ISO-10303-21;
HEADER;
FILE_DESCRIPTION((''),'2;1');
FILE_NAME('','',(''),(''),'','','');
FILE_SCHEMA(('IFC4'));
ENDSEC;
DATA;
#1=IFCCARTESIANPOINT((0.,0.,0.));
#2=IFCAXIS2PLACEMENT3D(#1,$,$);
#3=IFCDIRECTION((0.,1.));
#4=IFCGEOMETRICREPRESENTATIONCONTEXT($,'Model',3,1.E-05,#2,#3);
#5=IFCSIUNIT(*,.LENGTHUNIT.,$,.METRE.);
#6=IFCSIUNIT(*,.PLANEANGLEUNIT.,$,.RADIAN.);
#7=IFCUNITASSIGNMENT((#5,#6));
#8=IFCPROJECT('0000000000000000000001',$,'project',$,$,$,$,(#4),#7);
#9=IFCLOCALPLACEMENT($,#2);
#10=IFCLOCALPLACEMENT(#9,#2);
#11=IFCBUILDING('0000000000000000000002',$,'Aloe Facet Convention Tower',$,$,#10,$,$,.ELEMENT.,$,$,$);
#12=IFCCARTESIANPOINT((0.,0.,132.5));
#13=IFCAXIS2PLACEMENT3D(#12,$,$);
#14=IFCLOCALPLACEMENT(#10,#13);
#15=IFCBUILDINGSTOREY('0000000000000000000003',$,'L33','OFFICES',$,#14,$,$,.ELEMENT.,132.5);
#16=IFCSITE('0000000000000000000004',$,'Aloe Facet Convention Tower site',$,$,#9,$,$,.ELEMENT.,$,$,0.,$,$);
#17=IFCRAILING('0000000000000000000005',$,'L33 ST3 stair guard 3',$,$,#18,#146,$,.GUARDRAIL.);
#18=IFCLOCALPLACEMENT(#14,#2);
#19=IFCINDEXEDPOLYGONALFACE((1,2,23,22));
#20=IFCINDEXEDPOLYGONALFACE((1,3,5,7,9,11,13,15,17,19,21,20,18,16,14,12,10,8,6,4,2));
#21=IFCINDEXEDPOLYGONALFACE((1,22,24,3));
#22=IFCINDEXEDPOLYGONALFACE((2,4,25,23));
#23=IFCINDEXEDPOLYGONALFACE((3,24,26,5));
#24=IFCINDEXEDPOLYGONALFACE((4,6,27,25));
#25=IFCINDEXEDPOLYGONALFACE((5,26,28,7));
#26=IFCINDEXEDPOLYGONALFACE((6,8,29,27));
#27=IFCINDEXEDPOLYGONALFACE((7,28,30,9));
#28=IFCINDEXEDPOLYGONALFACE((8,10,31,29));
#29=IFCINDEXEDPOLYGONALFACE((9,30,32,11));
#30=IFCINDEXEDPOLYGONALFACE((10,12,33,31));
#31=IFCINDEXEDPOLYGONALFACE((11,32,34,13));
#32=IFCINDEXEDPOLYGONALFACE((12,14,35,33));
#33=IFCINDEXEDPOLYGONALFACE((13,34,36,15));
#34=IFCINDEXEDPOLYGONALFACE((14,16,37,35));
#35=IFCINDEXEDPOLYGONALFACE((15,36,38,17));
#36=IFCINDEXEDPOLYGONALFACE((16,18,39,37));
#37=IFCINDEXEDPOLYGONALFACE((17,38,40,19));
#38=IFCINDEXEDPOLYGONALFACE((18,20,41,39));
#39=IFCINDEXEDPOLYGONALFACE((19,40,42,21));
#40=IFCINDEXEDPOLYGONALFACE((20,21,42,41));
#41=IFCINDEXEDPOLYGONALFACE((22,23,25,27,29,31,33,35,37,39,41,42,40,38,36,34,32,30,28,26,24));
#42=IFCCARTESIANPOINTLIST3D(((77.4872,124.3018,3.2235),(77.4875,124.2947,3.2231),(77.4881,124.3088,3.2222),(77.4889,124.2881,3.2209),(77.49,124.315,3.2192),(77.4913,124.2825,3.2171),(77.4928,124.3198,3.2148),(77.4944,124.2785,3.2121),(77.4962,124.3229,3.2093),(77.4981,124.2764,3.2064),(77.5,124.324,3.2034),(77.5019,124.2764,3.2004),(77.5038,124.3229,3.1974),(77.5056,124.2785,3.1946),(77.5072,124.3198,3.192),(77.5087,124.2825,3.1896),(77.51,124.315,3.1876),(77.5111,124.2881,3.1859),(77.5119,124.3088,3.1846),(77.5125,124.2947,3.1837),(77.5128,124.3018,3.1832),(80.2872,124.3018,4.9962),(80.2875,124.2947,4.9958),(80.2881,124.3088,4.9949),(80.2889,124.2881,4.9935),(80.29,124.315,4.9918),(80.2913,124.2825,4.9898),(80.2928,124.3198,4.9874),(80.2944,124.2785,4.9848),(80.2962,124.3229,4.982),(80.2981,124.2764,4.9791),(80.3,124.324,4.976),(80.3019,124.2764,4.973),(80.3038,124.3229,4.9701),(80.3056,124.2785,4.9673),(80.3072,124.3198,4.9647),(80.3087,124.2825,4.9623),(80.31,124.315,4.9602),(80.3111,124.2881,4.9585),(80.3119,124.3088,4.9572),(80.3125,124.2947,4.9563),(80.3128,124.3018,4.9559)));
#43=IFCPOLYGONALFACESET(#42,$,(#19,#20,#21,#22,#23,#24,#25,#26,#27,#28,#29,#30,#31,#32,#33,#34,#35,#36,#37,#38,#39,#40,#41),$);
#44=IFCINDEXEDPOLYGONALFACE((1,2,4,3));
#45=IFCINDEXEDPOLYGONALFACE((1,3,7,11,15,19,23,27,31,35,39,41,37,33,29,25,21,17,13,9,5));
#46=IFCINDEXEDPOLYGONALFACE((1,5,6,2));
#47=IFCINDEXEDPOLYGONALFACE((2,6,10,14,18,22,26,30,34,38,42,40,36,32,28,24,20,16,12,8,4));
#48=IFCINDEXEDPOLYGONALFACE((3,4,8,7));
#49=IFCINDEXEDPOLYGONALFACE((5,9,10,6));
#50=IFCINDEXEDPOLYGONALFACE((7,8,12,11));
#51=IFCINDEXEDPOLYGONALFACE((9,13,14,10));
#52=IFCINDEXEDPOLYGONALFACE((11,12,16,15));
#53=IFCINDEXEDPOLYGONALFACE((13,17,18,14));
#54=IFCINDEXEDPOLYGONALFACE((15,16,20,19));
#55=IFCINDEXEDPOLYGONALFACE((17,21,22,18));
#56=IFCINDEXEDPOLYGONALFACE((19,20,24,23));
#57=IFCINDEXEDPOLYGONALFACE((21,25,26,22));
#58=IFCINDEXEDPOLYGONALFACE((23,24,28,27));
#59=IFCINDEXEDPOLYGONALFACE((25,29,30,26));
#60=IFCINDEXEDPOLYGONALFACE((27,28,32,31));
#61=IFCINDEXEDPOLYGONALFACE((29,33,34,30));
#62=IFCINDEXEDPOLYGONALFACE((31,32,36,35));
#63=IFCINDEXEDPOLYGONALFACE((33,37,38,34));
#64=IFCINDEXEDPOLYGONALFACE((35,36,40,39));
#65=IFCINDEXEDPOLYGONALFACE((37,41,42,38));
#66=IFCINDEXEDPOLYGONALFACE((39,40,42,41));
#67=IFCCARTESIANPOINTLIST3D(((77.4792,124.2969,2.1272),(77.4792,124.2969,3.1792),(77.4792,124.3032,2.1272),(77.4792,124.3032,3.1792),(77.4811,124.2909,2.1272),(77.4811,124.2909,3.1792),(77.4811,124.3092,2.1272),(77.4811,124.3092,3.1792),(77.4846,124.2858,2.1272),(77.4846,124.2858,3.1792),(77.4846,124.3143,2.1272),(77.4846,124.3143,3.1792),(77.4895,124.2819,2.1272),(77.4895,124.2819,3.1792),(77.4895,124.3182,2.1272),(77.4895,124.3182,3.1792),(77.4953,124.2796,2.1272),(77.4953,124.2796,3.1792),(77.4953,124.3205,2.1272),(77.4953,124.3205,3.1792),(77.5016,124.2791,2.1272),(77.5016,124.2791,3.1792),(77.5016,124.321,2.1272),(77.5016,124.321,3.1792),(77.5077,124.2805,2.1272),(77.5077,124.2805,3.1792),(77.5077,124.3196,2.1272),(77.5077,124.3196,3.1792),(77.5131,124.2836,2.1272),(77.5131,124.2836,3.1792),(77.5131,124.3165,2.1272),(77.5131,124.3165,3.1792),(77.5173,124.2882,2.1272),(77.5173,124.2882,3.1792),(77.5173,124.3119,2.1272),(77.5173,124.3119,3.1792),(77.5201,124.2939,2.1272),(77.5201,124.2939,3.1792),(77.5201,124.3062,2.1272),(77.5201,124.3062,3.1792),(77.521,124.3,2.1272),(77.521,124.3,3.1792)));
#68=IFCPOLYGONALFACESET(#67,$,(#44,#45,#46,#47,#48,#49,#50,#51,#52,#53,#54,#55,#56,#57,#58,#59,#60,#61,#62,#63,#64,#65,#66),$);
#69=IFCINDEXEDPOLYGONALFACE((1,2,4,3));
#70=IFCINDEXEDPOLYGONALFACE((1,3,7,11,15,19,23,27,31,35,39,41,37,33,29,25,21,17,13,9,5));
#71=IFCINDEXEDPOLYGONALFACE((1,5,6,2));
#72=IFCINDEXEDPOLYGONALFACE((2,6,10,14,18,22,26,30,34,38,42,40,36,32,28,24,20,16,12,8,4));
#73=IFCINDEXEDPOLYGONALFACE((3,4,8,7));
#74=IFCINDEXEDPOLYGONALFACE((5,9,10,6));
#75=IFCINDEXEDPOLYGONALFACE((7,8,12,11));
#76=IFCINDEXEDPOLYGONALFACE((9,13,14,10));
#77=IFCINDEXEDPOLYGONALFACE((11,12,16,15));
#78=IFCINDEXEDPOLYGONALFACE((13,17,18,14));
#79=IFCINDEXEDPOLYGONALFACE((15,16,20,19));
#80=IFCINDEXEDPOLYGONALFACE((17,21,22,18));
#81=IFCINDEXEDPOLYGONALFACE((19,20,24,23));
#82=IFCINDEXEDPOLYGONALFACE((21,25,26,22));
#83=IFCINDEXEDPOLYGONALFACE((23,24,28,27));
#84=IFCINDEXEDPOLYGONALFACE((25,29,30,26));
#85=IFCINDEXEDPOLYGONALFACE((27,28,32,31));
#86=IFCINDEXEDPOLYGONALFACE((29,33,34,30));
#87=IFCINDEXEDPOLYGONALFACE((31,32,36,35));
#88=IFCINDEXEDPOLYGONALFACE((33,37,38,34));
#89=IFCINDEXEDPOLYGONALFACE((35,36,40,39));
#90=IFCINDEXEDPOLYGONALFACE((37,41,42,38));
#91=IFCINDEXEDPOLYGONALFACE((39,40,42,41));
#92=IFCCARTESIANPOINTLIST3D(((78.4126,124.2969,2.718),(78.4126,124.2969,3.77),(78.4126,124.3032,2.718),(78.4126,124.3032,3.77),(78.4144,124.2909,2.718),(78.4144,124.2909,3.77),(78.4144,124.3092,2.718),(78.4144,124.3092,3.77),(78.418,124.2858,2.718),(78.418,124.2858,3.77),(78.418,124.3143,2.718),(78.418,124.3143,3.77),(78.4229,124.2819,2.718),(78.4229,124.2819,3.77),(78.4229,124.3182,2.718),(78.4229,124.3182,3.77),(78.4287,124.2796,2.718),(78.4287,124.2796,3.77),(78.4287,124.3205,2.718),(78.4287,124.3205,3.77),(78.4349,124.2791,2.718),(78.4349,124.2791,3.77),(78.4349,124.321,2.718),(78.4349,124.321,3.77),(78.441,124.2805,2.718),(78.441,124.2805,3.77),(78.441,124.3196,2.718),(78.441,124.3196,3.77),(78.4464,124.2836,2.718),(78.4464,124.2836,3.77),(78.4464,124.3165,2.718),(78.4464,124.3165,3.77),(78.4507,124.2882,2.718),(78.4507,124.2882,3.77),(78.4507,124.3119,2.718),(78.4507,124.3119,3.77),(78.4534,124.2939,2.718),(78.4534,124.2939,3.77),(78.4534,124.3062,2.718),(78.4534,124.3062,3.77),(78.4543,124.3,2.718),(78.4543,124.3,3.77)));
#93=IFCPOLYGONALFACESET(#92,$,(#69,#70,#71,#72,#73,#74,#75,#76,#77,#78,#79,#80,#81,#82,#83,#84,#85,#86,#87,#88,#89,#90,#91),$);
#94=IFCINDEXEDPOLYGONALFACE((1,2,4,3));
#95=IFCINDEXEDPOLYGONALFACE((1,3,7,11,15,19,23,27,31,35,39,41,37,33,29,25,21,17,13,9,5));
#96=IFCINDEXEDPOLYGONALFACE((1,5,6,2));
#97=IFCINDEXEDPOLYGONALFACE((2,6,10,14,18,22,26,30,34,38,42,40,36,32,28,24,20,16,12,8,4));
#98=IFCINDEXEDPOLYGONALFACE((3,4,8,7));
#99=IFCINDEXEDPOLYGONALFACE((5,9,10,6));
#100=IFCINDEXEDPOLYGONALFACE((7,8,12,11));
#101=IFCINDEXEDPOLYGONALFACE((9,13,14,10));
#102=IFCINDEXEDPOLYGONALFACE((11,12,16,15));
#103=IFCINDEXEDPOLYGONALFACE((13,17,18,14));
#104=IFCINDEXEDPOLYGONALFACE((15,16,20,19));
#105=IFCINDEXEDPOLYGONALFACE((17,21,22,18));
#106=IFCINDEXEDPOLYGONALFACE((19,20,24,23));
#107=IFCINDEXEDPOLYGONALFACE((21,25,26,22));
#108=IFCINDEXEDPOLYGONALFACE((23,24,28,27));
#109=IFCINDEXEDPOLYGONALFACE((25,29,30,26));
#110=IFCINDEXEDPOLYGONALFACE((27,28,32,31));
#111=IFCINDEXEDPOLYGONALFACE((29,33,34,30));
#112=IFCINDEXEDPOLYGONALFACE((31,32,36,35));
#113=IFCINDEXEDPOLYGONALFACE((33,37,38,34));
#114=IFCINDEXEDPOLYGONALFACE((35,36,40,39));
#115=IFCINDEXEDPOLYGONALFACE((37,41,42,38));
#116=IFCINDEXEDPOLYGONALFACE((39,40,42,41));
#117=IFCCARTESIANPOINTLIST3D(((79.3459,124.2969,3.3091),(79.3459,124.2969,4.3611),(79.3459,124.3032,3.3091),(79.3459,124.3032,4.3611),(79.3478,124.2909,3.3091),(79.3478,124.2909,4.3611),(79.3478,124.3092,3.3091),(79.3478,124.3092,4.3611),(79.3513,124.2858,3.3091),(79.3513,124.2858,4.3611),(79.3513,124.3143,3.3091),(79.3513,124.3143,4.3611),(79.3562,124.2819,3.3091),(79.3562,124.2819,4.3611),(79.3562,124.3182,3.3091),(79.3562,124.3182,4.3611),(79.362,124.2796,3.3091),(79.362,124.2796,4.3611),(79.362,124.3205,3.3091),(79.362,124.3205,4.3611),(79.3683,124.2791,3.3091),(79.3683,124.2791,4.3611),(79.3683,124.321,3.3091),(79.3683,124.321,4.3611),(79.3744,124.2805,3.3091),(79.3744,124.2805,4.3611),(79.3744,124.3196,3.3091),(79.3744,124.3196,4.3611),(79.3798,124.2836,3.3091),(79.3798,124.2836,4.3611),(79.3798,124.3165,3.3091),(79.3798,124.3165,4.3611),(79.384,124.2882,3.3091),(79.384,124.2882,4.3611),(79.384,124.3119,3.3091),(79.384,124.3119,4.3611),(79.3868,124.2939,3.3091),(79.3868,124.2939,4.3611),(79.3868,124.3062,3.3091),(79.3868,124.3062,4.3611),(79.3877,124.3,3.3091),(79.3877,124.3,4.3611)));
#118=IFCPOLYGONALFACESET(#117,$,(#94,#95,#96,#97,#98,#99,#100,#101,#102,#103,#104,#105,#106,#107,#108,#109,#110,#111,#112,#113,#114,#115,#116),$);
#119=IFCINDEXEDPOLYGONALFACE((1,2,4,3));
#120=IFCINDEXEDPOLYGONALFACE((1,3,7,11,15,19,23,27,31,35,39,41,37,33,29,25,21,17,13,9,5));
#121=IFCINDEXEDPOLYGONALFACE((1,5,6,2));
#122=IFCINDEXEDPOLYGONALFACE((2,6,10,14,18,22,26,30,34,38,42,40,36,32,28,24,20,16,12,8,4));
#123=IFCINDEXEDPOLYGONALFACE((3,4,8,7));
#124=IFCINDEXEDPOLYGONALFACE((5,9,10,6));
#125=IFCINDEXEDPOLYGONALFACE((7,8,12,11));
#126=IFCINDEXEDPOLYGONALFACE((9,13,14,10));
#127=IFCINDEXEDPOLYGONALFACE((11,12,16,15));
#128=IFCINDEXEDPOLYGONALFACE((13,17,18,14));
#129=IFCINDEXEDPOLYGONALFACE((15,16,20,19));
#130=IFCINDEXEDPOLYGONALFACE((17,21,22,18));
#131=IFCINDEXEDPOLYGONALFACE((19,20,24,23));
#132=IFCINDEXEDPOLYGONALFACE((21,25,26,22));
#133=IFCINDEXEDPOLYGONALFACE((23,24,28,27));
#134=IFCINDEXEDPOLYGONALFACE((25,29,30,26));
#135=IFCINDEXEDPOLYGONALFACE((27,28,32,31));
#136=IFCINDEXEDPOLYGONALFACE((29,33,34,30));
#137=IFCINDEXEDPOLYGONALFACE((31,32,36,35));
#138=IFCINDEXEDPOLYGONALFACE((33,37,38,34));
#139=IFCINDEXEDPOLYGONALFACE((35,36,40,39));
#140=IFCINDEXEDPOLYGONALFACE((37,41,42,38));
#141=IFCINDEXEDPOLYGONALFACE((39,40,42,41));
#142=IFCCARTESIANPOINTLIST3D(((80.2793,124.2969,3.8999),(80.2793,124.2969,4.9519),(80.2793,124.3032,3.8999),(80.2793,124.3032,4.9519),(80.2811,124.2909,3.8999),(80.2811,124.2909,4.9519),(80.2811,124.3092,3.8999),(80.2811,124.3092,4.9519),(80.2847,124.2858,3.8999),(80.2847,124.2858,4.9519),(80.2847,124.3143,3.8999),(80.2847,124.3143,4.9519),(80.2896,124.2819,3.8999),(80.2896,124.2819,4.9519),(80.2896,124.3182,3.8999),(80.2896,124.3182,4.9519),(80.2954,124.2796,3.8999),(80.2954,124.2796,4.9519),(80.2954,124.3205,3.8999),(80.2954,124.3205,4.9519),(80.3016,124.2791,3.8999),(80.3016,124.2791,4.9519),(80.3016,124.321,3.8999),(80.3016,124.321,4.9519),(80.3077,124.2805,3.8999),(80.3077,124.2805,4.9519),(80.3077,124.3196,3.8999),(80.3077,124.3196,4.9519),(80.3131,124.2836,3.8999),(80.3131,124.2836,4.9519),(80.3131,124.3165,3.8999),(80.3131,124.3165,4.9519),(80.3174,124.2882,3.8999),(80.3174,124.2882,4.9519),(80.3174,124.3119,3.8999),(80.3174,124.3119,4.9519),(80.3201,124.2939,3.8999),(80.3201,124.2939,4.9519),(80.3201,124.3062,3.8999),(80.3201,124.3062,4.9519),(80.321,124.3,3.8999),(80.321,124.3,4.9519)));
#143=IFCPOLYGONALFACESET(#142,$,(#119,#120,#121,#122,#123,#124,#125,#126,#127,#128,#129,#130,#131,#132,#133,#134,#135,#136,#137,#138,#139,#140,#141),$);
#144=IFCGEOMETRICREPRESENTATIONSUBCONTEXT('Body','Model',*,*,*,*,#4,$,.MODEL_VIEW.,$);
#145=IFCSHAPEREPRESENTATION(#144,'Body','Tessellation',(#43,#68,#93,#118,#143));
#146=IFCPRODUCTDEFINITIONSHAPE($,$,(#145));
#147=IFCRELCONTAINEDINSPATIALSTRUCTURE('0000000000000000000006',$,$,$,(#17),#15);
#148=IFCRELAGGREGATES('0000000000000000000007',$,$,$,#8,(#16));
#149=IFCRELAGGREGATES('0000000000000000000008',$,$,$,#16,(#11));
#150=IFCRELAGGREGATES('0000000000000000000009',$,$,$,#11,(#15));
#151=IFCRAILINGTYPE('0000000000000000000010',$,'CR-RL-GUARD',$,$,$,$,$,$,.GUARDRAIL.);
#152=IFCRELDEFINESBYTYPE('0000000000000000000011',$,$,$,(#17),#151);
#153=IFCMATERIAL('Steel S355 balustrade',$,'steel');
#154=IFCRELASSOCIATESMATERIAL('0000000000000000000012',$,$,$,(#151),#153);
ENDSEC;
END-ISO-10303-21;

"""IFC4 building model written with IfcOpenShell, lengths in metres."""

from ifc_helpers import new_model, si_unit, direction, frame, origin, origin_2d, place, context, subcontext, project, spatial, circle, extrude, material, type_object, element, save


model = new_model("IFC4")

# Units and contexts
model_context = context("Model", 3, precision=1e-05, world=origin(), true_north=direction((0.0, 1.0)))
body_context = subcontext(model_context, "Body", "Model", "MODEL_VIEW")
ifc_project = project(units=[si_unit("LENGTHUNIT", "METRE"), si_unit("PLANEANGLEUNIT", "RADIAN")], contexts=[model_context])

# Site, building, storey
site_placement = place(None, origin())
site = spatial("IfcSite", under=ifc_project, at=site_placement, Name="Aloe Facet Convention Tower site", CompositionType="ELEMENT", RefElevation=0.0)
building_placement = place(site_placement, origin())
building = spatial("IfcBuilding", under=site, at=building_placement, Name="Aloe Facet Convention Tower", CompositionType="ELEMENT")
storey_placement = place(building_placement, frame((0.0, 0.0, 132.5)))
storey = spatial("IfcBuildingStorey", under=building, at=storey_placement, Name="L33", Description="OFFICES", CompositionType="ELEMENT", Elevation=132.5)

# Railing
ifc_material_1 = material(Name="Steel S355 balustrade", Category="steel")
railing_type_1 = type_object("IfcRailingType", Name="CR-RL-GUARD", PredefinedType="GUARDRAIL", material=ifc_material_1)
railing_1_placement = place(storey_placement, frame((77.5, 124.3, 2.1272)))
element("IfcRailing", 1, at=railing_1_placement, inside=storey, type_object=railing_type_1, Name="L33 ST3 stair guard 3", PredefinedType="GUARDRAIL", context=body_context, shape_type="SweptSolid", body=[
    extrude(circle(Radius=0.0239, at=origin_2d()), frame((0.0, 0.0, 1.0762), z_axis=(0.844909, 0.0, 0.53491), x_axis=(0.0, 1.0, 0.0)), (0.0, 0.0, 1.0), 3.314),
    extrude(circle(Radius=0.021, at=origin_2d()), origin(), (0.0, 0.0, 1.0), 1.052),
    extrude(circle(Radius=0.021, at=origin_2d()), frame((0.9333, 0.0, 0.5908)), (0.0, 0.0, 1.0), 1.052),
    extrude(circle(Radius=0.021, at=origin_2d()), frame((1.8667, 0.0, 1.1819)), (0.0, 0.0, 1.0), 1.052),
    extrude(circle(Radius=0.021, at=origin_2d()), frame((2.8, 0.0, 1.7727)), (0.0, 0.0, 1.0), 1.052),
])

save(model, "model.ifc")
